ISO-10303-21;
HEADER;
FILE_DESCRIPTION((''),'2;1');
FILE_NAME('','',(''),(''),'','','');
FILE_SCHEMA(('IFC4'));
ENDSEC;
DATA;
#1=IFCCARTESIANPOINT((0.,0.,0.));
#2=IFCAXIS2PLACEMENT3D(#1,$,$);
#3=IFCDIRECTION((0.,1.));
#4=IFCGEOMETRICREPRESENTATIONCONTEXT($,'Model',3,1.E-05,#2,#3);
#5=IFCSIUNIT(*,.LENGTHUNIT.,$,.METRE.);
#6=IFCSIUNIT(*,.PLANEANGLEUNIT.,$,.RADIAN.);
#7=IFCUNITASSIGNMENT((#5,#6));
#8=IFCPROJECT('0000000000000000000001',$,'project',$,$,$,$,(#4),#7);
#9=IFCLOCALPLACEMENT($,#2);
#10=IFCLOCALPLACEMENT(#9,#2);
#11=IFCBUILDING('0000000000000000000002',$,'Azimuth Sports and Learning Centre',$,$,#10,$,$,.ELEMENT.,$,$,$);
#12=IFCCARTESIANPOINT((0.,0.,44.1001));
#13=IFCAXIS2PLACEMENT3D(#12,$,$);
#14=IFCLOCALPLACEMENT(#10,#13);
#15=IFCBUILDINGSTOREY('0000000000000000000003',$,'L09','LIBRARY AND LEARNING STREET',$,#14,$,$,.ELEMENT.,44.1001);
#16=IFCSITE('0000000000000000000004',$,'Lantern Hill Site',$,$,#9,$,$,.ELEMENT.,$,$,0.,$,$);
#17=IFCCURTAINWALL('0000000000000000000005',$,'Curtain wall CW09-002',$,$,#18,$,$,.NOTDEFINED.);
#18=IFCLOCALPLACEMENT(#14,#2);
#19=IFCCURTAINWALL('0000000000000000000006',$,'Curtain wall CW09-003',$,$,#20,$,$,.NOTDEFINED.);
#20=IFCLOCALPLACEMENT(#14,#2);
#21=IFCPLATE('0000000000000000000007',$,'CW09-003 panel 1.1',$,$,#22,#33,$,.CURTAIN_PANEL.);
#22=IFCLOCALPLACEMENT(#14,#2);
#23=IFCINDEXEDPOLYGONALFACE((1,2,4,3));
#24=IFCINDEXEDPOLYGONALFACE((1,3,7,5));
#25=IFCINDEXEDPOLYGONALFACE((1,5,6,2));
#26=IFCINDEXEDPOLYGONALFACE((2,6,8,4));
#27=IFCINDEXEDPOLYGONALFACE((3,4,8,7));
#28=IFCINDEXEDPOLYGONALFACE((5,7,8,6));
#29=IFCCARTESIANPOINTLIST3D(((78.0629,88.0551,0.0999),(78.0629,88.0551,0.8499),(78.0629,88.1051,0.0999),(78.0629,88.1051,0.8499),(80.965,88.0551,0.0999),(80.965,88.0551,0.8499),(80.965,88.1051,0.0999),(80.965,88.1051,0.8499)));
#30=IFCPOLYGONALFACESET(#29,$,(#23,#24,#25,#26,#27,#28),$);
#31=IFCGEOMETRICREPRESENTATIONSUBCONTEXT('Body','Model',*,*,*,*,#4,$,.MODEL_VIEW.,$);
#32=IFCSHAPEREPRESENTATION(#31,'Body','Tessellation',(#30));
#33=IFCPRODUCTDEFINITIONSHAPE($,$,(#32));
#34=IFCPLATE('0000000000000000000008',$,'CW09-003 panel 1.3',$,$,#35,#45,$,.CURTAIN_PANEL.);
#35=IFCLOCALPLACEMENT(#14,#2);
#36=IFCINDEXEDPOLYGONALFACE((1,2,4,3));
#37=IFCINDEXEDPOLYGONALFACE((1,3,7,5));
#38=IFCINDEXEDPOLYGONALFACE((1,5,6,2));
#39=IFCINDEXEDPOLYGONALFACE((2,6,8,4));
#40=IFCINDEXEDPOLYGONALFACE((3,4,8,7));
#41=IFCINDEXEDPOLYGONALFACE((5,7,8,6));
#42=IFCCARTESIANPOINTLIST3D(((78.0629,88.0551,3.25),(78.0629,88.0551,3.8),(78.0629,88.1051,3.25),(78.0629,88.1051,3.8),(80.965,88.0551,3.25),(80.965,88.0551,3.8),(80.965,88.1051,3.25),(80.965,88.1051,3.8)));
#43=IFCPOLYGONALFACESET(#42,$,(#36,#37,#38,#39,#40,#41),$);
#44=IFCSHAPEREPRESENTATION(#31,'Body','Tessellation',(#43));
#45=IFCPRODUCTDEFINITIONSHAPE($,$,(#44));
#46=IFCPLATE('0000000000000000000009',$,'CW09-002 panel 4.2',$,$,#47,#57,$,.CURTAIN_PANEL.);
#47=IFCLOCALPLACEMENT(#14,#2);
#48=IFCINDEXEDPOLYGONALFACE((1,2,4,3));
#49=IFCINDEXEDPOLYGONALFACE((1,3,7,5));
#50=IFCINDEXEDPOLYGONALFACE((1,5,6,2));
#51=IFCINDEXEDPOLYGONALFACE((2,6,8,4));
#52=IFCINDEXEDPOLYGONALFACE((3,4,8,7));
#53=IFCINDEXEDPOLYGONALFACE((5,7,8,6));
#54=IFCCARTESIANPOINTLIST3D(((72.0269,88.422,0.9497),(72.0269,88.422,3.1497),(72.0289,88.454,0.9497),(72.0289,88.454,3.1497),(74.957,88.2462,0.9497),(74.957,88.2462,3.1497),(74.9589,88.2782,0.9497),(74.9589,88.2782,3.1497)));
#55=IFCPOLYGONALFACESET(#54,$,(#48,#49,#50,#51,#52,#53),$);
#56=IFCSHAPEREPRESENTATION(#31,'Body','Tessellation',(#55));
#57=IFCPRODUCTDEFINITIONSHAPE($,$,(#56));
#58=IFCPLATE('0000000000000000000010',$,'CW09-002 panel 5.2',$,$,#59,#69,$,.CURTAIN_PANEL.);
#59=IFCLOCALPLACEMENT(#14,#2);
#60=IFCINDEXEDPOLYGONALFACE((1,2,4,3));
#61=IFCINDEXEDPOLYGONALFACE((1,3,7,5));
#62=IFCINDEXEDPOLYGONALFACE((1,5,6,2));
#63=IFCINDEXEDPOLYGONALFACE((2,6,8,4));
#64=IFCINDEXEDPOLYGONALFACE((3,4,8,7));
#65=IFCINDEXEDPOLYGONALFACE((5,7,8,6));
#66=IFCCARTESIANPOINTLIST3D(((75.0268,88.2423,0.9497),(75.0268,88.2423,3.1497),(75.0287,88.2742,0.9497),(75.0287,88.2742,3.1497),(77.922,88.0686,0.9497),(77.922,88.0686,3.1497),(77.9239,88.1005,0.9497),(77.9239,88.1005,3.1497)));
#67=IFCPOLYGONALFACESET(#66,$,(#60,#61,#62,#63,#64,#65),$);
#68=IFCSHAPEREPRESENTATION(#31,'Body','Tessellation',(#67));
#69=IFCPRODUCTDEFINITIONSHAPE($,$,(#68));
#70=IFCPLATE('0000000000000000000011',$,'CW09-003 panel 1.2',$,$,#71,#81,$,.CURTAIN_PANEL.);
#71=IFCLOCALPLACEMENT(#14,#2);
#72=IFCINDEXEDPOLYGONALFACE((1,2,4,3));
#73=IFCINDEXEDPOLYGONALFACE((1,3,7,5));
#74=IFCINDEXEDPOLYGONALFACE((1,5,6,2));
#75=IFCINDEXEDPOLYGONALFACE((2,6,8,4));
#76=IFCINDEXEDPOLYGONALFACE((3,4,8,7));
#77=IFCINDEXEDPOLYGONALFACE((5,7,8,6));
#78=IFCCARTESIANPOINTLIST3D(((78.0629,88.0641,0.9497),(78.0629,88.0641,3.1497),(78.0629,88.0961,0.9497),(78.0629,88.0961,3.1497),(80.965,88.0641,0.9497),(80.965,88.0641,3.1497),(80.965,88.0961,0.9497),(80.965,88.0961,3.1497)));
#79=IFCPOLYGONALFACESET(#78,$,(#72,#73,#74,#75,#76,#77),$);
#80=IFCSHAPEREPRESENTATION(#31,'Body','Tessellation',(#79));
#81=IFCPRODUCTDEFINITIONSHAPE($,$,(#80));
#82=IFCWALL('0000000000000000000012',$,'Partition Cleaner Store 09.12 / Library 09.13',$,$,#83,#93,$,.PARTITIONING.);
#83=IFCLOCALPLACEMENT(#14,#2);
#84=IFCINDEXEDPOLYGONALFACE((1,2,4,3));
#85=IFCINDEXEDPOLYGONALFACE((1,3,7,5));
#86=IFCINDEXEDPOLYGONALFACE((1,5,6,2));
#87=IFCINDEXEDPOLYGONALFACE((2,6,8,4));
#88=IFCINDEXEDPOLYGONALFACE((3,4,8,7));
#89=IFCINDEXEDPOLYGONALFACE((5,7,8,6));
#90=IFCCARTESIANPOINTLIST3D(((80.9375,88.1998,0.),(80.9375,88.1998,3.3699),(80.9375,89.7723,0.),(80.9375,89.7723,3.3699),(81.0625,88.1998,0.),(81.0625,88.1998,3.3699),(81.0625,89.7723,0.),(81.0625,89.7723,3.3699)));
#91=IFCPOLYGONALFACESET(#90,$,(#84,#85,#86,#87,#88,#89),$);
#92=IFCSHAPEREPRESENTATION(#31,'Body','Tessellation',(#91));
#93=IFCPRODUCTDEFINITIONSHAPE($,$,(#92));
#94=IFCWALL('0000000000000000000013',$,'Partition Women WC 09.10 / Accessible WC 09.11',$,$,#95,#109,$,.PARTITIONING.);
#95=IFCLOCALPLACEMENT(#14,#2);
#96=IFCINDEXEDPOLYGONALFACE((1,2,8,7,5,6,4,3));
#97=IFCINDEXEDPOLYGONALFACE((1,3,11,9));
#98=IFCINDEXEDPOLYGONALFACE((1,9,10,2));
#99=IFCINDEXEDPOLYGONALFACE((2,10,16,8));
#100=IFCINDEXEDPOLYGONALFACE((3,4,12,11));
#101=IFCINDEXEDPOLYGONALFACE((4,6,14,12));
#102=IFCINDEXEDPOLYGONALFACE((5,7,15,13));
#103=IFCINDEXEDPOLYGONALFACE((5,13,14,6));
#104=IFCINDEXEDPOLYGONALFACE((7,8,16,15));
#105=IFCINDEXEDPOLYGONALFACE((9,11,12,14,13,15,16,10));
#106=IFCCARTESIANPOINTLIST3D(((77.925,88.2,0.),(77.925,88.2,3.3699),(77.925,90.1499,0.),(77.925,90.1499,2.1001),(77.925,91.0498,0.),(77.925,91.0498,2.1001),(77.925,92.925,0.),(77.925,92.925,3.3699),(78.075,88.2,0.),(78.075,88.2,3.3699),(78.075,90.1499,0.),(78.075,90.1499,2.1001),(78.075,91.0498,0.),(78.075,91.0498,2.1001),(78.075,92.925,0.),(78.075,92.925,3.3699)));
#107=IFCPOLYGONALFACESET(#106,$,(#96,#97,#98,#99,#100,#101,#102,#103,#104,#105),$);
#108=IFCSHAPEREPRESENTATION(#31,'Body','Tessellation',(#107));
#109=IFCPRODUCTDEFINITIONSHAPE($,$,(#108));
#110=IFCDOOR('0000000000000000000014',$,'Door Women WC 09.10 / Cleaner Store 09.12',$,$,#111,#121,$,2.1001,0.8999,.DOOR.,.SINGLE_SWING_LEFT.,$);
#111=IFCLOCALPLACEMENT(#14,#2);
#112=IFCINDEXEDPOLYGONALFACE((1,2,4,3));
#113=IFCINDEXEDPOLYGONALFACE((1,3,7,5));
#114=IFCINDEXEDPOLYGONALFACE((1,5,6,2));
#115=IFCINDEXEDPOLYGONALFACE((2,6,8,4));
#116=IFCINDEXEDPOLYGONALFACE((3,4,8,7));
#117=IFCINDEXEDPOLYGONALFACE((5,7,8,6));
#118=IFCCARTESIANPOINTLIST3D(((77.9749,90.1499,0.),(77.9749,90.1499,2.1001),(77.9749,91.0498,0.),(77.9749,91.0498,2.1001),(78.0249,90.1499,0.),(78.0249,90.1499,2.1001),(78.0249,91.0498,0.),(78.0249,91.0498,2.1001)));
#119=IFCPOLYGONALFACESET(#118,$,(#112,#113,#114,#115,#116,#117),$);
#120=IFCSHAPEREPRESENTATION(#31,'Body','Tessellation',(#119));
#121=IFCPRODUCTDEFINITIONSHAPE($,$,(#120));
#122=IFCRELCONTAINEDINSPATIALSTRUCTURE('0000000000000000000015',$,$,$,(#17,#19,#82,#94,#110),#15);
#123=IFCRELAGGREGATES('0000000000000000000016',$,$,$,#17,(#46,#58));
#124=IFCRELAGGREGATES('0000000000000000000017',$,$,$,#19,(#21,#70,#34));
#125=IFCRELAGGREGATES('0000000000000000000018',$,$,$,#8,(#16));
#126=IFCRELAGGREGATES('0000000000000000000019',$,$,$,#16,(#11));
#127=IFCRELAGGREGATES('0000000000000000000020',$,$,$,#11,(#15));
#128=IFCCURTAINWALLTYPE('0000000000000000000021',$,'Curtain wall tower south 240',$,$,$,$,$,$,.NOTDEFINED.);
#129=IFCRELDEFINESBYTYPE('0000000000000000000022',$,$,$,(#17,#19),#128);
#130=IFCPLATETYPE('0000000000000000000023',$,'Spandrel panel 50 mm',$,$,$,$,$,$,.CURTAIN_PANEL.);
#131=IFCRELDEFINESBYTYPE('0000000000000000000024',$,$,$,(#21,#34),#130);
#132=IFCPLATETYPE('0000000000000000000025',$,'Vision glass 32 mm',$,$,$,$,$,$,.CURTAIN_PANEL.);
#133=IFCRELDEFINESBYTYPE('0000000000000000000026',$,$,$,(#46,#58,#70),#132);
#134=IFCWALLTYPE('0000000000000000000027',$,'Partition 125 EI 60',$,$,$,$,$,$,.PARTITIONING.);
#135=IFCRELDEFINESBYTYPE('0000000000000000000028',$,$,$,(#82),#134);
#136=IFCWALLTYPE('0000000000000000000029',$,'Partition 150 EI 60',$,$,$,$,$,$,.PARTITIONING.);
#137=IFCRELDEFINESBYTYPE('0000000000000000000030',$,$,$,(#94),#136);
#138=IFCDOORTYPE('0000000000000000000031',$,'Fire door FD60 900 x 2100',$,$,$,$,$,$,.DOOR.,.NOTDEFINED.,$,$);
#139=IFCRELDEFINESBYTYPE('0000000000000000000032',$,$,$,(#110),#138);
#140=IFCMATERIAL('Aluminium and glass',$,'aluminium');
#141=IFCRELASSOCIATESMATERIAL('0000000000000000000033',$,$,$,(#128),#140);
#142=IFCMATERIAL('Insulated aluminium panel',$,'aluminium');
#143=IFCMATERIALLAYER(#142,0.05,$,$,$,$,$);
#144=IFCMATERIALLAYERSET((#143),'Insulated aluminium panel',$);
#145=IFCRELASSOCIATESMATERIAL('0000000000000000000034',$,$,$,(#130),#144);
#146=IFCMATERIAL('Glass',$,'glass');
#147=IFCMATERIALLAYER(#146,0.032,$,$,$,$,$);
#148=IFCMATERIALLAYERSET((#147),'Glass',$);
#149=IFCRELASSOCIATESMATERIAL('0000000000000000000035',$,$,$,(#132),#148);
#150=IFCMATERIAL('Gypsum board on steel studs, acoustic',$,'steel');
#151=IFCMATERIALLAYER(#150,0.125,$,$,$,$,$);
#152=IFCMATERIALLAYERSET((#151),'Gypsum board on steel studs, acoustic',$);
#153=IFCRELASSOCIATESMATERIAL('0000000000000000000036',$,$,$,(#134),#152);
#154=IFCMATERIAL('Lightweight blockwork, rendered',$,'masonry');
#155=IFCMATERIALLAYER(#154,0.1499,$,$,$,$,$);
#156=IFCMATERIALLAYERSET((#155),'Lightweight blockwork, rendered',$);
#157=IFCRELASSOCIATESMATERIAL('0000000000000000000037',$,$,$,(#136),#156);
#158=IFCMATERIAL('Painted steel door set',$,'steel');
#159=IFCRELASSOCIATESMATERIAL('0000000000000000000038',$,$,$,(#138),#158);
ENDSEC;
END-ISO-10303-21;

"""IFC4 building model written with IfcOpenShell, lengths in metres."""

from ifc_helpers import new_model, si_unit, direction, frame, frame_2d, origin, origin_2d, place, context, subcontext, project, spatial, rectangle, extrude, material, layer, layer_set, type_object, element, fill, aggregate, save


model = new_model("IFC4")

# Units and contexts
model_context = context("Model", 3, precision=1e-05, world=origin(), true_north=direction((0.0, 1.0)))
body_context = subcontext(model_context, "Body", "Model", "MODEL_VIEW")
ifc_project = project(units=[si_unit("LENGTHUNIT", "METRE"), si_unit("PLANEANGLEUNIT", "RADIAN")], contexts=[model_context])

# Site, building, storey
site_placement = place(None, origin())
site = spatial("IfcSite", under=ifc_project, at=site_placement, Name="Lantern Hill Site", CompositionType="ELEMENT", RefElevation=0.0)
building_placement = place(site_placement, origin())
building = spatial("IfcBuilding", under=site, at=building_placement, Name="Azimuth Sports and Learning Centre", CompositionType="ELEMENT")
storey_placement = place(building_placement, frame((0.0, 0.0, 44.1001)))
storey = spatial("IfcBuildingStorey", under=building, at=storey_placement, Name="L09", Description="LIBRARY AND LEARNING STREET", CompositionType="ELEMENT", Elevation=44.1001)

# Curtain wall
ifc_material_1 = material(Name="Aluminium and glass", Category="aluminium")
curtain_wall_type = type_object("IfcCurtainWallType", Name="Curtain wall tower south 240", PredefinedType="NOTDEFINED", material=ifc_material_1)
curtain_wall_1_placement = place(storey_placement, origin())
curtain_wall_1 = element("IfcCurtainWall", 1, at=curtain_wall_1_placement, inside=storey, type_object=curtain_wall_type, Name="Curtain wall CW09-002", PredefinedType="NOTDEFINED")

# Curtain wall
curtain_wall_2_placement = place(storey_placement, origin())
curtain_wall_2 = element("IfcCurtainWall", 2, at=curtain_wall_2_placement, inside=storey, type_object=curtain_wall_type, Name="Curtain wall CW09-003", PredefinedType="NOTDEFINED")

# Plates
ifc_material_2 = material(Name="Insulated aluminium panel", Category="aluminium")
ifc_layer_1 = layer(ifc_material_2, 0.05)
ifc_layer_set_1 = layer_set([ifc_layer_1], Name="Insulated aluminium panel")
plate_type_1 = type_object("IfcPlateType", Name="Spandrel panel 50 mm", PredefinedType="CURTAIN_PANEL", material=ifc_layer_set_1)
plate_1_placement = place(storey_placement, frame((79.5139, 88.0801, 0.0999), z_axis=(0.0, 0.0, 1.0), x_axis=(1.0, 0.0, 0.0)))
plate_1 = element("IfcPlate", 3, at=plate_1_placement, type_object=plate_type_1, Name="CW09-003 panel 1.1", PredefinedType="CURTAIN_PANEL", context=body_context, shape_type="SweptSolid", body=[
    extrude(rectangle(XDim=2.9021, YDim=0.05, at=origin_2d()), origin(), (0.0, 0.0, 1.0), 0.75),
])
plate_2_placement = place(storey_placement, frame((79.5139, 88.0801, 3.25), z_axis=(0.0, 0.0, 1.0), x_axis=(1.0, 0.0, 0.0)))
plate_2 = element("IfcPlate", 4, at=plate_2_placement, type_object=plate_type_1, Name="CW09-003 panel 1.3", PredefinedType="CURTAIN_PANEL", context=body_context, shape_type="SweptSolid", body=[
    extrude(rectangle(XDim=2.9021, YDim=0.05, at=origin_2d()), origin(), (0.0, 0.0, 1.0), 0.55),
])
ifc_material_3 = material(Name="Glass", Category="glass")
ifc_layer_2 = layer(ifc_material_3, 0.032)
ifc_layer_set_2 = layer_set([ifc_layer_2], Name="Glass")
plate_type_2 = type_object("IfcPlateType", Name="Vision glass 32 mm", PredefinedType="CURTAIN_PANEL", material=ifc_layer_set_2)
plate_3_placement = place(storey_placement, frame((73.4929, 88.3501, 0.9497), z_axis=(0.0, 0.0, 1.0), x_axis=(0.998205, -0.059892, 0.0)))
plate_3 = element("IfcPlate", 5, at=plate_3_placement, type_object=plate_type_2, Name="CW09-002 panel 4.2", PredefinedType="CURTAIN_PANEL", context=body_context, shape_type="SweptSolid", body=[
    extrude(rectangle(XDim=2.9353, YDim=0.032, at=origin_2d()), origin(), (0.0, 0.0, 1.0), 2.2),
])
plate_4_placement = place(storey_placement, frame((76.4753, 88.1714, 0.9497), z_axis=(0.0, 0.0, 1.0), x_axis=(0.998205, -0.059892, 0.0)))
plate_4 = element("IfcPlate", 6, at=plate_4_placement, type_object=plate_type_2, Name="CW09-002 panel 5.2", PredefinedType="CURTAIN_PANEL", context=body_context, shape_type="SweptSolid", body=[
    extrude(rectangle(XDim=2.9004, YDim=0.032, at=origin_2d()), origin(), (0.0, 0.0, 1.0), 2.2),
])
aggregate(curtain_wall_1, [plate_3, plate_4])
plate_5_placement = place(storey_placement, frame((79.5139, 88.0801, 0.9497), z_axis=(0.0, 0.0, 1.0), x_axis=(1.0, 0.0, 0.0)))
plate_5 = element("IfcPlate", 7, at=plate_5_placement, type_object=plate_type_2, Name="CW09-003 panel 1.2", PredefinedType="CURTAIN_PANEL", context=body_context, shape_type="SweptSolid", body=[
    extrude(rectangle(XDim=2.9021, YDim=0.032, at=origin_2d()), origin(), (0.0, 0.0, 1.0), 2.2),
])
aggregate(curtain_wall_2, [plate_1, plate_5, plate_2])

# Wall
ifc_material_4 = material(Name="Gypsum board on steel studs, acoustic", Category="steel")
ifc_layer_3 = layer(ifc_material_4, 0.125)
ifc_layer_set_3 = layer_set([ifc_layer_3], Name="Gypsum board on steel studs, acoustic")
wall_type_1 = type_object("IfcWallType", Name="Partition 125 EI 60", PredefinedType="PARTITIONING", material=ifc_layer_set_3)
wall_1_placement = place(storey_placement, frame((81.0, 88.2, 0.0), z_axis=(0.0, 0.0, 1.0), x_axis=(0.0, 1.0, 0.0)))
element("IfcWall", 8, at=wall_1_placement, inside=storey, type_object=wall_type_1, Name="Partition Cleaner Store 09.12 / Library 09.13", PredefinedType="PARTITIONING", context=body_context, shape_type="SweptSolid", body=[
    extrude(rectangle(XDim=1.5725, YDim=0.125, at=frame_2d((0.7861, 0.0))), origin(), (0.0, 0.0, 1.0), 3.3699),
])

# Wall, opening, door
ifc_material_5 = material(Name="Lightweight blockwork, rendered", Category="masonry")
ifc_layer_4 = layer(ifc_material_5, 0.1499)
ifc_layer_set_4 = layer_set([ifc_layer_4], Name="Lightweight blockwork, rendered")
wall_type_2 = type_object("IfcWallType", Name="Partition 150 EI 60", PredefinedType="PARTITIONING", material=ifc_layer_set_4)
wall_2_placement = place(storey_placement, frame((78.0, 88.2, 0.0), z_axis=(0.0, 0.0, 1.0), x_axis=(0.0, 1.0, 0.0)))
wall_2 = element("IfcWall", 9, at=wall_2_placement, inside=storey, type_object=wall_type_2, Name="Partition Women WC 09.10 / Accessible WC 09.11", PredefinedType="PARTITIONING", context=body_context, shape_type="SweptSolid", body=[
    extrude(rectangle(XDim=4.7251, YDim=0.1499, at=frame_2d((2.3625, 0.0))), origin(), (0.0, 0.0, 1.0), 3.3699),
])
opening_placement = place(wall_2_placement, frame((1.95, 0.0, 0.0)))
opening = element("IfcOpeningElement", 10, at=opening_placement, cuts=wall_2, PredefinedType="OPENING", context=body_context, shape_type="SweptSolid", body=[
    extrude(rectangle(XDim=0.8999, YDim=2.1001, at=frame_2d((0.45, 1.05))), frame((0.0, 0.0859, 0.0), z_axis=(0.0, -1.0, 0.0), x_axis=(1.0, 0.0, 0.0)), (0.0, 0.0, 1.0), 0.1719),
])
ifc_material_6 = material(Name="Painted steel door set", Category="steel")
door_type = type_object("IfcDoorType", Name="Fire door FD60 900 x 2100", OperationType="NOTDEFINED", PredefinedType="DOOR", material=ifc_material_6)
door_placement = place(opening_placement, frame((0.8999, 0.0, 0.0), z_axis=(0.0, 0.0, 1.0), x_axis=(-1.0, 0.0, 0.0)))
door = element("IfcDoor", 11, at=door_placement, inside=storey, type_object=door_type, Name="Door Women WC 09.10 / Cleaner Store 09.12", OperationType="SINGLE_SWING_LEFT", OverallHeight=2.1001, OverallWidth=0.8999, PredefinedType="DOOR", context=body_context, shape_type="SweptSolid", body=[
    extrude(rectangle(XDim=0.8999, YDim=2.1001, at=frame_2d((0.45, 1.05))), frame((0.0, 0.0249, 0.0), z_axis=(0.0, -1.0, 0.0), x_axis=(1.0, 0.0, 0.0)), (0.0, 0.0, 1.0), 0.05),
])
fill(opening, door)

save(model, "model.ifc")
